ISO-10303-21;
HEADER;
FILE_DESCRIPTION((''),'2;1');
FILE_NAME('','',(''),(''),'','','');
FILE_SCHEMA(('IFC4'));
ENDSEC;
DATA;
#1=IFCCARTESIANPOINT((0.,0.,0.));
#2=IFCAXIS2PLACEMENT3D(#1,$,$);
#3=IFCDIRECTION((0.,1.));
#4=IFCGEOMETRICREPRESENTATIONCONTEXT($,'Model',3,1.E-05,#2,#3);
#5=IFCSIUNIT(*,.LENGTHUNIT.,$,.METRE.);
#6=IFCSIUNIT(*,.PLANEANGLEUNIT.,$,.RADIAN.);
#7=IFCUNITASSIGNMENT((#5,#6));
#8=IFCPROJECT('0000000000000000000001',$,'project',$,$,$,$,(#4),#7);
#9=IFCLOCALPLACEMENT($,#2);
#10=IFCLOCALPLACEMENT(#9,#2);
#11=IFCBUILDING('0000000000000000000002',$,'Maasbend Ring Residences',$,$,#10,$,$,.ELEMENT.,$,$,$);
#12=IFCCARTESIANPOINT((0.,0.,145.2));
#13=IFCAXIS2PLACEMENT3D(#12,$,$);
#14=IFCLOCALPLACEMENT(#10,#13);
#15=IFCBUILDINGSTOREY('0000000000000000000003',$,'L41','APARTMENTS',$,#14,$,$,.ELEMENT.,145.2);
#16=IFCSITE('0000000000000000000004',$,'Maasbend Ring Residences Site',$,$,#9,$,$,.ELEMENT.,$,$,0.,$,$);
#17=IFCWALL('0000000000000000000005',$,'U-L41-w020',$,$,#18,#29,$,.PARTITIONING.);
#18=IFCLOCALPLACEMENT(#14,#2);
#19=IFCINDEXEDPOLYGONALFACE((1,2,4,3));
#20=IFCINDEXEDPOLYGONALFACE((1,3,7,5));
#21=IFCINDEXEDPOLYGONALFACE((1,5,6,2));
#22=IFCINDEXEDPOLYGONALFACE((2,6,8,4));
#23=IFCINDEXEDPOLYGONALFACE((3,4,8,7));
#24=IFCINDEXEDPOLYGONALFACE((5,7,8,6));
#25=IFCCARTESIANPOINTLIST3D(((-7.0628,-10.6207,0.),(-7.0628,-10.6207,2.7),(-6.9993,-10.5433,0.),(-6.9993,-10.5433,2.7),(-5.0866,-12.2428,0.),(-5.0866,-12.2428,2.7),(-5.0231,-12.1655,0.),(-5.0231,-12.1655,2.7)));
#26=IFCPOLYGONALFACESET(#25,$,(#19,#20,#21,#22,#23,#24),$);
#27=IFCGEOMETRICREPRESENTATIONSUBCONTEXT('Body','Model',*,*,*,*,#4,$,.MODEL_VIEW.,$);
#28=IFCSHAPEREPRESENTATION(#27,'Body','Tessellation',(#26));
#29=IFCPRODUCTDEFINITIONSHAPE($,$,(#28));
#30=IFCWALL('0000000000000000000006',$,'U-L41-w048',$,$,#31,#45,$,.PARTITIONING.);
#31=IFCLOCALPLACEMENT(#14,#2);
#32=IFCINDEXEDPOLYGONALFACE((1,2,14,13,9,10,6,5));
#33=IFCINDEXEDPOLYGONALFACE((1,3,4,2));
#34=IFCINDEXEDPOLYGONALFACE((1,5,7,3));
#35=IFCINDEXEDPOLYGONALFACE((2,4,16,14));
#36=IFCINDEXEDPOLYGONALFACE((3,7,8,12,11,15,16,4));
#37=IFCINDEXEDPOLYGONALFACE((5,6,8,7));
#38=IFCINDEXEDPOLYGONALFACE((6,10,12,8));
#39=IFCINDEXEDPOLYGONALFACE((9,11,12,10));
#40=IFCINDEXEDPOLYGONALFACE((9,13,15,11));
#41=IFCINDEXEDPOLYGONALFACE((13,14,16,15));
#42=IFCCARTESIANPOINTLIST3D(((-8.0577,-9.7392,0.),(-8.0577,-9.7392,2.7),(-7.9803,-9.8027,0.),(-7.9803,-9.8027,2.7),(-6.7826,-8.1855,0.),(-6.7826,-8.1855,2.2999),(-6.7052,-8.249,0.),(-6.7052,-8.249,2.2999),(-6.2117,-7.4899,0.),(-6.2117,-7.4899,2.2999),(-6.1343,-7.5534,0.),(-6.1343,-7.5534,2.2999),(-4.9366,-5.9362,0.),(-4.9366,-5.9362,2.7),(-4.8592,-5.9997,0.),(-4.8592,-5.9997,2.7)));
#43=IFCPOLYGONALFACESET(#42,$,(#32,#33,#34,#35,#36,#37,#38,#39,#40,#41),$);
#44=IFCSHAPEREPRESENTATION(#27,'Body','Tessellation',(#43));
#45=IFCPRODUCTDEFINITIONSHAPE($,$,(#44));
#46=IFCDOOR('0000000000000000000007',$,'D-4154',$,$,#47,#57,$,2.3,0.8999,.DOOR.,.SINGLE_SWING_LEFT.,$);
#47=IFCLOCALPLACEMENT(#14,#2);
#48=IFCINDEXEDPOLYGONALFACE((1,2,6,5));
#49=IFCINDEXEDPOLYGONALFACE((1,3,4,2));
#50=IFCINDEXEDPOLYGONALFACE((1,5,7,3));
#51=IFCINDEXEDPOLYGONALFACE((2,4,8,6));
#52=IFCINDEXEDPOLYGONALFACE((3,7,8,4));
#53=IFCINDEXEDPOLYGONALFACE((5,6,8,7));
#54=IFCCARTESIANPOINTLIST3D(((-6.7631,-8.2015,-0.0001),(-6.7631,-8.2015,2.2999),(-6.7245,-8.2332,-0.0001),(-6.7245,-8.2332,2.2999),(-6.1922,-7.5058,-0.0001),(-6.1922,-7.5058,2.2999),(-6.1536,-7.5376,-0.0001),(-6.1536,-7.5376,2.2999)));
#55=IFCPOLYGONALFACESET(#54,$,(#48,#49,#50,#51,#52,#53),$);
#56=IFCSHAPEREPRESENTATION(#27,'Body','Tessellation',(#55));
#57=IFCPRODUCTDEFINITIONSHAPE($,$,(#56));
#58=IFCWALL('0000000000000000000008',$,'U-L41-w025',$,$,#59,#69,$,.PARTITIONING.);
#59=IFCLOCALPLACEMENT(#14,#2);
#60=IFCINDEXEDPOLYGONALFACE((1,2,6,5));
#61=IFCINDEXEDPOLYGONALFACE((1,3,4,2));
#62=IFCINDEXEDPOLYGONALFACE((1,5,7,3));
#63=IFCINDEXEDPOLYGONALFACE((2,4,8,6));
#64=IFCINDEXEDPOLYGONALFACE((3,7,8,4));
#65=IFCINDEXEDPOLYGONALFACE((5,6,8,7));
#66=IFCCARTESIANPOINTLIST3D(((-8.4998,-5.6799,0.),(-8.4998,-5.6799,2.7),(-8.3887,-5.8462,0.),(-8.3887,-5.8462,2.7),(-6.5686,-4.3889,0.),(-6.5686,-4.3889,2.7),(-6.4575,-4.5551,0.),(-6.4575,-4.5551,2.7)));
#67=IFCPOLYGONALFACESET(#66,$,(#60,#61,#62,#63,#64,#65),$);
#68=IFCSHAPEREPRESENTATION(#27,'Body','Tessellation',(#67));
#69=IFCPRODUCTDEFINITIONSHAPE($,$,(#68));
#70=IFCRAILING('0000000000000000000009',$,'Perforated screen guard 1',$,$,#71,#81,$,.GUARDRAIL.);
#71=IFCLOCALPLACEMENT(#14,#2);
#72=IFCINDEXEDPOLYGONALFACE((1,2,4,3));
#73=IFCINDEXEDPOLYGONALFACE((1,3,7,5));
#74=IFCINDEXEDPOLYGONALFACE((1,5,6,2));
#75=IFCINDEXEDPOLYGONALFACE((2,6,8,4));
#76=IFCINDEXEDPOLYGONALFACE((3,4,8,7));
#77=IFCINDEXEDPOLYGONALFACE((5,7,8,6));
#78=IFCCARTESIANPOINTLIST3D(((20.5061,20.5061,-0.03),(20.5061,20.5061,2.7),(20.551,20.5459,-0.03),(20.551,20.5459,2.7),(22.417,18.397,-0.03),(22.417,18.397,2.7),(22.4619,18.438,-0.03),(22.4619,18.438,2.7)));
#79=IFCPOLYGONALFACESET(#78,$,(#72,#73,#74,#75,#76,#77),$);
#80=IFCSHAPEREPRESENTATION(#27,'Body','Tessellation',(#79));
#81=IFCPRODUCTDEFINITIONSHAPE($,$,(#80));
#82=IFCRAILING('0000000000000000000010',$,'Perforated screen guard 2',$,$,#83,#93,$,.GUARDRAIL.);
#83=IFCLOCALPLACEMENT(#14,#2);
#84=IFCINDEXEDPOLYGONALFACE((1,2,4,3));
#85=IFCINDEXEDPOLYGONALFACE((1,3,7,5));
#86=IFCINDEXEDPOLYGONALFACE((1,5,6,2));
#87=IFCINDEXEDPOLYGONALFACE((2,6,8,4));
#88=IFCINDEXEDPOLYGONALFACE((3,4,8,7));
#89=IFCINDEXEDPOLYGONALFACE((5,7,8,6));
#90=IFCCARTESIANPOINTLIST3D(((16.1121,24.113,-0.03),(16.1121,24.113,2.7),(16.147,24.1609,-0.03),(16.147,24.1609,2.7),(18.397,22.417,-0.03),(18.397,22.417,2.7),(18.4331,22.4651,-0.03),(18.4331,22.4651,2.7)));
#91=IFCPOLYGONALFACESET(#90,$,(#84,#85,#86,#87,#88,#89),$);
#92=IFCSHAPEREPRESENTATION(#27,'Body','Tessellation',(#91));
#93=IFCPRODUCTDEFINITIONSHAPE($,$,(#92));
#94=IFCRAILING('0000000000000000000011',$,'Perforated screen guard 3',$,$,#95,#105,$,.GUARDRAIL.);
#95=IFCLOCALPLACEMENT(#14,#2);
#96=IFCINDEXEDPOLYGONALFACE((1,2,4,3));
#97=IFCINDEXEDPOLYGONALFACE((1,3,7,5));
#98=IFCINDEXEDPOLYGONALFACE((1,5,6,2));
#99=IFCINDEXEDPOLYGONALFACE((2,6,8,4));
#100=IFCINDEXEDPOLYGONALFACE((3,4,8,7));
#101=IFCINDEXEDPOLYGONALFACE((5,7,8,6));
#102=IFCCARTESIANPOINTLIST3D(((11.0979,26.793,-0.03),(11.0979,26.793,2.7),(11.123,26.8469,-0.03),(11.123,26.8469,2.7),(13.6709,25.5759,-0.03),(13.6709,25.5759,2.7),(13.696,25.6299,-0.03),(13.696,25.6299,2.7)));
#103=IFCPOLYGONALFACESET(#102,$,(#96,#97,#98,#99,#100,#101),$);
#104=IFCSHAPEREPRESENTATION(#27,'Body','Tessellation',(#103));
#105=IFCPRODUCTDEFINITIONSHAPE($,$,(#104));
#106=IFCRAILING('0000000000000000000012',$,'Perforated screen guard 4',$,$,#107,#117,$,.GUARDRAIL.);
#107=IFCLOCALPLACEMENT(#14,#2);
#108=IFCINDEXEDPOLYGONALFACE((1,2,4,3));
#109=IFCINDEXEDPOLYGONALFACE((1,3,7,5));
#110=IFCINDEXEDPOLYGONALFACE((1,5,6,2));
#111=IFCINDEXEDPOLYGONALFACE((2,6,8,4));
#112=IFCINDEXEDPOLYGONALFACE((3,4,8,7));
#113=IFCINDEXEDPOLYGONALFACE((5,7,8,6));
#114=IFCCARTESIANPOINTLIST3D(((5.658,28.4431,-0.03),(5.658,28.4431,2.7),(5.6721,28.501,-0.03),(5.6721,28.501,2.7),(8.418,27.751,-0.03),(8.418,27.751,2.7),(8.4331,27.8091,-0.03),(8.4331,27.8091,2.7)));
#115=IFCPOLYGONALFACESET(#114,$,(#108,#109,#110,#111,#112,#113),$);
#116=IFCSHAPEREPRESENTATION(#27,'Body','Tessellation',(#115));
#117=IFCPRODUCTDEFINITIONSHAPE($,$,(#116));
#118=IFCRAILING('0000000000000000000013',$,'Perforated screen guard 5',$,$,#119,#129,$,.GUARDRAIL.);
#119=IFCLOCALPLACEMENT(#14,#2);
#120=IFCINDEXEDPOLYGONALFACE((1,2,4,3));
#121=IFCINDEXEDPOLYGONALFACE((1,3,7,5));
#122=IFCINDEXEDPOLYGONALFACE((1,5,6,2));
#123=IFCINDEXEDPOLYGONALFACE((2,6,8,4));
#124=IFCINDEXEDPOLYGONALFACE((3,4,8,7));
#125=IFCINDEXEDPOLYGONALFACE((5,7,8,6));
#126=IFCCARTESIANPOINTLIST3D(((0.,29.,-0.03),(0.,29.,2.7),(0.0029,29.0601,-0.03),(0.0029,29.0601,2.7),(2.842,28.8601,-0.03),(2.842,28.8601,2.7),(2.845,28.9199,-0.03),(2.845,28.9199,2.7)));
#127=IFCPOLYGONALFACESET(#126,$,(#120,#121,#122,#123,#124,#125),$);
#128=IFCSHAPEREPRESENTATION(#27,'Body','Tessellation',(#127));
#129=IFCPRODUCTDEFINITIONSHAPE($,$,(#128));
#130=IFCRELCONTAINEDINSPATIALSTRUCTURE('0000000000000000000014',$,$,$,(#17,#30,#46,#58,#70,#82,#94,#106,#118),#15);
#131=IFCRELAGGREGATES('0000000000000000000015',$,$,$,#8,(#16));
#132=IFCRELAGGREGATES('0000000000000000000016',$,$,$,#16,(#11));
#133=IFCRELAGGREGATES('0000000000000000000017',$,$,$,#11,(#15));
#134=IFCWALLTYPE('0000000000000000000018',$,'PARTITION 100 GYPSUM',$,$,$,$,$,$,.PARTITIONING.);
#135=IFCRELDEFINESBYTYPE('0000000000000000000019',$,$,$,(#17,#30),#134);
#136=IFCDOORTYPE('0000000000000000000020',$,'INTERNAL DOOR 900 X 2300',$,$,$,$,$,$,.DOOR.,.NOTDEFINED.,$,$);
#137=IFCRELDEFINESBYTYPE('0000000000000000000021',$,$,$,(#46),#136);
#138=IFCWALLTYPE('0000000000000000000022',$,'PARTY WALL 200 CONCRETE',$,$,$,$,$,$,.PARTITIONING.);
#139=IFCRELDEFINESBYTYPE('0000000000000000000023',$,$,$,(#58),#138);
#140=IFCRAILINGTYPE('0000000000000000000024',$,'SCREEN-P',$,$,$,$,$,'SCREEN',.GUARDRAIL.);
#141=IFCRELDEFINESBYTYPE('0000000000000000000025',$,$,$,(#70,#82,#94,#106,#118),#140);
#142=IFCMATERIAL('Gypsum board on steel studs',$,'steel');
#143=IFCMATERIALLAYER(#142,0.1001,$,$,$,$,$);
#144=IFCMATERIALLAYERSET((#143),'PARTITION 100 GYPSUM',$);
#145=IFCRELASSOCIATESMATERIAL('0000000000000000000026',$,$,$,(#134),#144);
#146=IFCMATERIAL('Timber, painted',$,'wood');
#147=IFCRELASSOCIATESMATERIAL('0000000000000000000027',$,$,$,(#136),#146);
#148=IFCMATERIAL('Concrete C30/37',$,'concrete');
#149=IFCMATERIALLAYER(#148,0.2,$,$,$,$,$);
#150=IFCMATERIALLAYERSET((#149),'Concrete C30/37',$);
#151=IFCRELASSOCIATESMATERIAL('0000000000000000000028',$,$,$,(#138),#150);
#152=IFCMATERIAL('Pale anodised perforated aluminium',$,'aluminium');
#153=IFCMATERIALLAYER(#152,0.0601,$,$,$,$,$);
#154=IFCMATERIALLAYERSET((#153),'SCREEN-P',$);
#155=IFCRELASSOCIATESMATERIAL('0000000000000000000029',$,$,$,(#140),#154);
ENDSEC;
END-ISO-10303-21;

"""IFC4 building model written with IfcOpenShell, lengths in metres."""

from ifc_helpers import new_model, si_unit, direction, frame, frame_2d, origin, place, context, subcontext, project, spatial, polyline, rectangle, outline, extrude, material, layer, layer_set, type_object, element, fill, save


model = new_model("IFC4")

# Units and contexts
model_context = context("Model", 3, precision=1e-05, world=origin(), true_north=direction((0.0, 1.0)))
body_context = subcontext(model_context, "Body", "Model", "MODEL_VIEW")
ifc_project = project(units=[si_unit("LENGTHUNIT", "METRE"), si_unit("PLANEANGLEUNIT", "RADIAN")], contexts=[model_context])

# Site, building, storey
site_placement = place(None, origin())
site = spatial("IfcSite", under=ifc_project, at=site_placement, Name="Maasbend Ring Residences Site", CompositionType="ELEMENT", RefElevation=0.0)
building_placement = place(site_placement, origin())
building = spatial("IfcBuilding", under=site, at=building_placement, Name="Maasbend Ring Residences", CompositionType="ELEMENT")
storey_placement = place(building_placement, frame((0.0, 0.0, 145.2)))
storey = spatial("IfcBuildingStorey", under=building, at=storey_placement, Name="L41", Description="APARTMENTS", CompositionType="ELEMENT", Elevation=145.2)

# Wall
ifc_material_1 = material(Name="Gypsum board on steel studs", Category="steel")
ifc_layer_1 = layer(ifc_material_1, 0.1001)
ifc_layer_set_1 = layer_set([ifc_layer_1], Name="PARTITION 100 GYPSUM")
wall_type_1 = type_object("IfcWallType", Name="PARTITION 100 GYPSUM", PredefinedType="PARTITIONING", material=ifc_layer_set_1)
wall_1_placement = place(storey_placement, frame((-7.031, -10.582, 0.0), z_axis=(0.0, 0.0, 1.0), x_axis=(0.772944, -0.634475, 0.0)))
element("IfcWall", 1, at=wall_1_placement, inside=storey, type_object=wall_type_1, Name="U-L41-w020", PredefinedType="PARTITIONING", context=body_context, shape_type="SweptSolid", body=[
    extrude(rectangle(XDim=2.5566, YDim=0.1001, at=frame_2d((1.2783, 0.0))), origin(), (0.0, 0.0, 1.0), 2.7),
])

# Wall, opening, door
wall_2_placement = place(storey_placement, frame((-8.019, -9.771, 0.0), z_axis=(0.0, 0.0, 1.0), x_axis=(0.634402, 0.773003, 0.0)))
wall_2 = element("IfcWall", 2, at=wall_2_placement, inside=storey, type_object=wall_type_1, Name="U-L41-w048", PredefinedType="PARTITIONING", context=body_context, shape_type="SweptSolid", body=[
    extrude(rectangle(XDim=4.9197, YDim=0.1001, at=frame_2d((2.46, 0.0))), origin(), (0.0, 0.0, 1.0), 2.7),
])
opening_placement = place(wall_2_placement, frame((2.01, 0.0, 0.0)))
opening = element("IfcOpeningElement", 3, at=opening_placement, cuts=wall_2, PredefinedType="OPENING", context=body_context, shape_type="SweptSolid", body=[
    extrude(rectangle(XDim=0.8999, YDim=2.3, at=frame_2d((0.45, 1.1499))), frame((0.0, 0.0601, 0.0), z_axis=(0.0, -1.0, 0.0), x_axis=(1.0, 0.0, 0.0)), (0.0, 0.0, 1.0), 0.1201),
])
ifc_material_2 = material(Name="Timber, painted", Category="wood")
door_type = type_object("IfcDoorType", Name="INTERNAL DOOR 900 X 2300", OperationType="NOTDEFINED", PredefinedType="DOOR", material=ifc_material_2)
door_placement = place(opening_placement, origin())
door = element("IfcDoor", 4, at=door_placement, inside=storey, type_object=door_type, Name="D-4154", OperationType="SINGLE_SWING_LEFT", OverallHeight=2.3, OverallWidth=0.8999, PredefinedType="DOOR", context=body_context, shape_type="SweptSolid", body=[
    extrude(rectangle(XDim=0.8999, YDim=2.3, at=frame_2d((0.45, 1.1499))), frame((0.0, 0.0249, 0.0), z_axis=(0.0, -1.0, 0.0), x_axis=(1.0, 0.0, 0.0)), (0.0, 0.0, 1.0), 0.05),
])
fill(opening, door)

# Wall
ifc_material_3 = material(Name="Concrete C30/37", Category="concrete")
ifc_layer_2 = layer(ifc_material_3, 0.2)
ifc_layer_set_2 = layer_set([ifc_layer_2], Name="Concrete C30/37")
wall_type_2 = type_object("IfcWallType", Name="PARTY WALL 200 CONCRETE", PredefinedType="PARTITIONING", material=ifc_layer_set_2)
wall_3_placement = place(storey_placement, frame((-6.5129, -4.4719, 0.0), z_axis=(0.0, 0.0, 1.0), x_axis=(-0.831338, -0.555767, 0.0)))
element("IfcWall", 5, at=wall_3_placement, inside=storey, type_object=wall_type_2, Name="U-L41-w025", PredefinedType="PARTITIONING", context=body_context, shape_type="SweptSolid", body=[
    extrude(rectangle(XDim=2.323, YDim=0.2, at=frame_2d((1.1616, 0.0))), origin(), (0.0, 0.0, 1.0), 2.7),
])

# Railings
ifc_material_4 = material(Name="Pale anodised perforated aluminium", Category="aluminium")
ifc_layer_3 = layer(ifc_material_4, 0.0601)
ifc_layer_set_3 = layer_set([ifc_layer_3], Name="SCREEN-P")
railing_type = type_object("IfcRailingType", Name="SCREEN-P", ElementType="SCREEN", PredefinedType="GUARDRAIL", material=ifc_layer_set_3)
railing_1_placement = place(storey_placement, frame((0.0, 0.0, -0.03)))
element("IfcRailing", 6, at=railing_1_placement, inside=storey, type_object=railing_type, Name="Perforated screen guard 1", PredefinedType="GUARDRAIL", context=body_context, shape_type="SweptSolid", body=[
    extrude(outline(polyline([(22.417, 18.397), (20.5061, 20.5061), (20.551, 20.5459), (22.4619, 18.438), (22.417, 18.397)])), origin(), (0.0, 0.0, 1.0), 2.73),
])
railing_2_placement = place(storey_placement, frame((0.0, 0.0, -0.03)))
element("IfcRailing", 7, at=railing_2_placement, inside=storey, type_object=railing_type, Name="Perforated screen guard 2", PredefinedType="GUARDRAIL", context=body_context, shape_type="SweptSolid", body=[
    extrude(outline(polyline([(18.397, 22.417), (16.1121, 24.113), (16.147, 24.1609), (18.4331, 22.4651), (18.397, 22.417)])), origin(), (0.0, 0.0, 1.0), 2.73),
])
railing_3_placement = place(storey_placement, frame((0.0, 0.0, -0.03)))
element("IfcRailing", 8, at=railing_3_placement, inside=storey, type_object=railing_type, Name="Perforated screen guard 3", PredefinedType="GUARDRAIL", context=body_context, shape_type="SweptSolid", body=[
    extrude(outline(polyline([(13.6709, 25.5759), (11.0979, 26.793), (11.123, 26.8469), (13.696, 25.6299), (13.6709, 25.5759)])), origin(), (0.0, 0.0, 1.0), 2.73),
])
railing_4_placement = place(storey_placement, frame((0.0, 0.0, -0.03)))
element("IfcRailing", 9, at=railing_4_placement, inside=storey, type_object=railing_type, Name="Perforated screen guard 4", PredefinedType="GUARDRAIL", context=body_context, shape_type="SweptSolid", body=[
    extrude(outline(polyline([(8.418, 27.751), (5.658, 28.4431), (5.6721, 28.501), (8.4331, 27.8091), (8.418, 27.751)])), origin(), (0.0, 0.0, 1.0), 2.73),
])
railing_5_placement = place(storey_placement, frame((0.0, 0.0, -0.03)))
element("IfcRailing", 10, at=railing_5_placement, inside=storey, type_object=railing_type, Name="Perforated screen guard 5", PredefinedType="GUARDRAIL", context=body_context, shape_type="SweptSolid", body=[
    extrude(outline(polyline([(2.842, 28.8601), (0.0, 29.0), (0.0029, 29.0601), (2.845, 28.9199), (2.842, 28.8601)])), origin(), (0.0, 0.0, 1.0), 2.73),
])

save(model, "model.ifc")
